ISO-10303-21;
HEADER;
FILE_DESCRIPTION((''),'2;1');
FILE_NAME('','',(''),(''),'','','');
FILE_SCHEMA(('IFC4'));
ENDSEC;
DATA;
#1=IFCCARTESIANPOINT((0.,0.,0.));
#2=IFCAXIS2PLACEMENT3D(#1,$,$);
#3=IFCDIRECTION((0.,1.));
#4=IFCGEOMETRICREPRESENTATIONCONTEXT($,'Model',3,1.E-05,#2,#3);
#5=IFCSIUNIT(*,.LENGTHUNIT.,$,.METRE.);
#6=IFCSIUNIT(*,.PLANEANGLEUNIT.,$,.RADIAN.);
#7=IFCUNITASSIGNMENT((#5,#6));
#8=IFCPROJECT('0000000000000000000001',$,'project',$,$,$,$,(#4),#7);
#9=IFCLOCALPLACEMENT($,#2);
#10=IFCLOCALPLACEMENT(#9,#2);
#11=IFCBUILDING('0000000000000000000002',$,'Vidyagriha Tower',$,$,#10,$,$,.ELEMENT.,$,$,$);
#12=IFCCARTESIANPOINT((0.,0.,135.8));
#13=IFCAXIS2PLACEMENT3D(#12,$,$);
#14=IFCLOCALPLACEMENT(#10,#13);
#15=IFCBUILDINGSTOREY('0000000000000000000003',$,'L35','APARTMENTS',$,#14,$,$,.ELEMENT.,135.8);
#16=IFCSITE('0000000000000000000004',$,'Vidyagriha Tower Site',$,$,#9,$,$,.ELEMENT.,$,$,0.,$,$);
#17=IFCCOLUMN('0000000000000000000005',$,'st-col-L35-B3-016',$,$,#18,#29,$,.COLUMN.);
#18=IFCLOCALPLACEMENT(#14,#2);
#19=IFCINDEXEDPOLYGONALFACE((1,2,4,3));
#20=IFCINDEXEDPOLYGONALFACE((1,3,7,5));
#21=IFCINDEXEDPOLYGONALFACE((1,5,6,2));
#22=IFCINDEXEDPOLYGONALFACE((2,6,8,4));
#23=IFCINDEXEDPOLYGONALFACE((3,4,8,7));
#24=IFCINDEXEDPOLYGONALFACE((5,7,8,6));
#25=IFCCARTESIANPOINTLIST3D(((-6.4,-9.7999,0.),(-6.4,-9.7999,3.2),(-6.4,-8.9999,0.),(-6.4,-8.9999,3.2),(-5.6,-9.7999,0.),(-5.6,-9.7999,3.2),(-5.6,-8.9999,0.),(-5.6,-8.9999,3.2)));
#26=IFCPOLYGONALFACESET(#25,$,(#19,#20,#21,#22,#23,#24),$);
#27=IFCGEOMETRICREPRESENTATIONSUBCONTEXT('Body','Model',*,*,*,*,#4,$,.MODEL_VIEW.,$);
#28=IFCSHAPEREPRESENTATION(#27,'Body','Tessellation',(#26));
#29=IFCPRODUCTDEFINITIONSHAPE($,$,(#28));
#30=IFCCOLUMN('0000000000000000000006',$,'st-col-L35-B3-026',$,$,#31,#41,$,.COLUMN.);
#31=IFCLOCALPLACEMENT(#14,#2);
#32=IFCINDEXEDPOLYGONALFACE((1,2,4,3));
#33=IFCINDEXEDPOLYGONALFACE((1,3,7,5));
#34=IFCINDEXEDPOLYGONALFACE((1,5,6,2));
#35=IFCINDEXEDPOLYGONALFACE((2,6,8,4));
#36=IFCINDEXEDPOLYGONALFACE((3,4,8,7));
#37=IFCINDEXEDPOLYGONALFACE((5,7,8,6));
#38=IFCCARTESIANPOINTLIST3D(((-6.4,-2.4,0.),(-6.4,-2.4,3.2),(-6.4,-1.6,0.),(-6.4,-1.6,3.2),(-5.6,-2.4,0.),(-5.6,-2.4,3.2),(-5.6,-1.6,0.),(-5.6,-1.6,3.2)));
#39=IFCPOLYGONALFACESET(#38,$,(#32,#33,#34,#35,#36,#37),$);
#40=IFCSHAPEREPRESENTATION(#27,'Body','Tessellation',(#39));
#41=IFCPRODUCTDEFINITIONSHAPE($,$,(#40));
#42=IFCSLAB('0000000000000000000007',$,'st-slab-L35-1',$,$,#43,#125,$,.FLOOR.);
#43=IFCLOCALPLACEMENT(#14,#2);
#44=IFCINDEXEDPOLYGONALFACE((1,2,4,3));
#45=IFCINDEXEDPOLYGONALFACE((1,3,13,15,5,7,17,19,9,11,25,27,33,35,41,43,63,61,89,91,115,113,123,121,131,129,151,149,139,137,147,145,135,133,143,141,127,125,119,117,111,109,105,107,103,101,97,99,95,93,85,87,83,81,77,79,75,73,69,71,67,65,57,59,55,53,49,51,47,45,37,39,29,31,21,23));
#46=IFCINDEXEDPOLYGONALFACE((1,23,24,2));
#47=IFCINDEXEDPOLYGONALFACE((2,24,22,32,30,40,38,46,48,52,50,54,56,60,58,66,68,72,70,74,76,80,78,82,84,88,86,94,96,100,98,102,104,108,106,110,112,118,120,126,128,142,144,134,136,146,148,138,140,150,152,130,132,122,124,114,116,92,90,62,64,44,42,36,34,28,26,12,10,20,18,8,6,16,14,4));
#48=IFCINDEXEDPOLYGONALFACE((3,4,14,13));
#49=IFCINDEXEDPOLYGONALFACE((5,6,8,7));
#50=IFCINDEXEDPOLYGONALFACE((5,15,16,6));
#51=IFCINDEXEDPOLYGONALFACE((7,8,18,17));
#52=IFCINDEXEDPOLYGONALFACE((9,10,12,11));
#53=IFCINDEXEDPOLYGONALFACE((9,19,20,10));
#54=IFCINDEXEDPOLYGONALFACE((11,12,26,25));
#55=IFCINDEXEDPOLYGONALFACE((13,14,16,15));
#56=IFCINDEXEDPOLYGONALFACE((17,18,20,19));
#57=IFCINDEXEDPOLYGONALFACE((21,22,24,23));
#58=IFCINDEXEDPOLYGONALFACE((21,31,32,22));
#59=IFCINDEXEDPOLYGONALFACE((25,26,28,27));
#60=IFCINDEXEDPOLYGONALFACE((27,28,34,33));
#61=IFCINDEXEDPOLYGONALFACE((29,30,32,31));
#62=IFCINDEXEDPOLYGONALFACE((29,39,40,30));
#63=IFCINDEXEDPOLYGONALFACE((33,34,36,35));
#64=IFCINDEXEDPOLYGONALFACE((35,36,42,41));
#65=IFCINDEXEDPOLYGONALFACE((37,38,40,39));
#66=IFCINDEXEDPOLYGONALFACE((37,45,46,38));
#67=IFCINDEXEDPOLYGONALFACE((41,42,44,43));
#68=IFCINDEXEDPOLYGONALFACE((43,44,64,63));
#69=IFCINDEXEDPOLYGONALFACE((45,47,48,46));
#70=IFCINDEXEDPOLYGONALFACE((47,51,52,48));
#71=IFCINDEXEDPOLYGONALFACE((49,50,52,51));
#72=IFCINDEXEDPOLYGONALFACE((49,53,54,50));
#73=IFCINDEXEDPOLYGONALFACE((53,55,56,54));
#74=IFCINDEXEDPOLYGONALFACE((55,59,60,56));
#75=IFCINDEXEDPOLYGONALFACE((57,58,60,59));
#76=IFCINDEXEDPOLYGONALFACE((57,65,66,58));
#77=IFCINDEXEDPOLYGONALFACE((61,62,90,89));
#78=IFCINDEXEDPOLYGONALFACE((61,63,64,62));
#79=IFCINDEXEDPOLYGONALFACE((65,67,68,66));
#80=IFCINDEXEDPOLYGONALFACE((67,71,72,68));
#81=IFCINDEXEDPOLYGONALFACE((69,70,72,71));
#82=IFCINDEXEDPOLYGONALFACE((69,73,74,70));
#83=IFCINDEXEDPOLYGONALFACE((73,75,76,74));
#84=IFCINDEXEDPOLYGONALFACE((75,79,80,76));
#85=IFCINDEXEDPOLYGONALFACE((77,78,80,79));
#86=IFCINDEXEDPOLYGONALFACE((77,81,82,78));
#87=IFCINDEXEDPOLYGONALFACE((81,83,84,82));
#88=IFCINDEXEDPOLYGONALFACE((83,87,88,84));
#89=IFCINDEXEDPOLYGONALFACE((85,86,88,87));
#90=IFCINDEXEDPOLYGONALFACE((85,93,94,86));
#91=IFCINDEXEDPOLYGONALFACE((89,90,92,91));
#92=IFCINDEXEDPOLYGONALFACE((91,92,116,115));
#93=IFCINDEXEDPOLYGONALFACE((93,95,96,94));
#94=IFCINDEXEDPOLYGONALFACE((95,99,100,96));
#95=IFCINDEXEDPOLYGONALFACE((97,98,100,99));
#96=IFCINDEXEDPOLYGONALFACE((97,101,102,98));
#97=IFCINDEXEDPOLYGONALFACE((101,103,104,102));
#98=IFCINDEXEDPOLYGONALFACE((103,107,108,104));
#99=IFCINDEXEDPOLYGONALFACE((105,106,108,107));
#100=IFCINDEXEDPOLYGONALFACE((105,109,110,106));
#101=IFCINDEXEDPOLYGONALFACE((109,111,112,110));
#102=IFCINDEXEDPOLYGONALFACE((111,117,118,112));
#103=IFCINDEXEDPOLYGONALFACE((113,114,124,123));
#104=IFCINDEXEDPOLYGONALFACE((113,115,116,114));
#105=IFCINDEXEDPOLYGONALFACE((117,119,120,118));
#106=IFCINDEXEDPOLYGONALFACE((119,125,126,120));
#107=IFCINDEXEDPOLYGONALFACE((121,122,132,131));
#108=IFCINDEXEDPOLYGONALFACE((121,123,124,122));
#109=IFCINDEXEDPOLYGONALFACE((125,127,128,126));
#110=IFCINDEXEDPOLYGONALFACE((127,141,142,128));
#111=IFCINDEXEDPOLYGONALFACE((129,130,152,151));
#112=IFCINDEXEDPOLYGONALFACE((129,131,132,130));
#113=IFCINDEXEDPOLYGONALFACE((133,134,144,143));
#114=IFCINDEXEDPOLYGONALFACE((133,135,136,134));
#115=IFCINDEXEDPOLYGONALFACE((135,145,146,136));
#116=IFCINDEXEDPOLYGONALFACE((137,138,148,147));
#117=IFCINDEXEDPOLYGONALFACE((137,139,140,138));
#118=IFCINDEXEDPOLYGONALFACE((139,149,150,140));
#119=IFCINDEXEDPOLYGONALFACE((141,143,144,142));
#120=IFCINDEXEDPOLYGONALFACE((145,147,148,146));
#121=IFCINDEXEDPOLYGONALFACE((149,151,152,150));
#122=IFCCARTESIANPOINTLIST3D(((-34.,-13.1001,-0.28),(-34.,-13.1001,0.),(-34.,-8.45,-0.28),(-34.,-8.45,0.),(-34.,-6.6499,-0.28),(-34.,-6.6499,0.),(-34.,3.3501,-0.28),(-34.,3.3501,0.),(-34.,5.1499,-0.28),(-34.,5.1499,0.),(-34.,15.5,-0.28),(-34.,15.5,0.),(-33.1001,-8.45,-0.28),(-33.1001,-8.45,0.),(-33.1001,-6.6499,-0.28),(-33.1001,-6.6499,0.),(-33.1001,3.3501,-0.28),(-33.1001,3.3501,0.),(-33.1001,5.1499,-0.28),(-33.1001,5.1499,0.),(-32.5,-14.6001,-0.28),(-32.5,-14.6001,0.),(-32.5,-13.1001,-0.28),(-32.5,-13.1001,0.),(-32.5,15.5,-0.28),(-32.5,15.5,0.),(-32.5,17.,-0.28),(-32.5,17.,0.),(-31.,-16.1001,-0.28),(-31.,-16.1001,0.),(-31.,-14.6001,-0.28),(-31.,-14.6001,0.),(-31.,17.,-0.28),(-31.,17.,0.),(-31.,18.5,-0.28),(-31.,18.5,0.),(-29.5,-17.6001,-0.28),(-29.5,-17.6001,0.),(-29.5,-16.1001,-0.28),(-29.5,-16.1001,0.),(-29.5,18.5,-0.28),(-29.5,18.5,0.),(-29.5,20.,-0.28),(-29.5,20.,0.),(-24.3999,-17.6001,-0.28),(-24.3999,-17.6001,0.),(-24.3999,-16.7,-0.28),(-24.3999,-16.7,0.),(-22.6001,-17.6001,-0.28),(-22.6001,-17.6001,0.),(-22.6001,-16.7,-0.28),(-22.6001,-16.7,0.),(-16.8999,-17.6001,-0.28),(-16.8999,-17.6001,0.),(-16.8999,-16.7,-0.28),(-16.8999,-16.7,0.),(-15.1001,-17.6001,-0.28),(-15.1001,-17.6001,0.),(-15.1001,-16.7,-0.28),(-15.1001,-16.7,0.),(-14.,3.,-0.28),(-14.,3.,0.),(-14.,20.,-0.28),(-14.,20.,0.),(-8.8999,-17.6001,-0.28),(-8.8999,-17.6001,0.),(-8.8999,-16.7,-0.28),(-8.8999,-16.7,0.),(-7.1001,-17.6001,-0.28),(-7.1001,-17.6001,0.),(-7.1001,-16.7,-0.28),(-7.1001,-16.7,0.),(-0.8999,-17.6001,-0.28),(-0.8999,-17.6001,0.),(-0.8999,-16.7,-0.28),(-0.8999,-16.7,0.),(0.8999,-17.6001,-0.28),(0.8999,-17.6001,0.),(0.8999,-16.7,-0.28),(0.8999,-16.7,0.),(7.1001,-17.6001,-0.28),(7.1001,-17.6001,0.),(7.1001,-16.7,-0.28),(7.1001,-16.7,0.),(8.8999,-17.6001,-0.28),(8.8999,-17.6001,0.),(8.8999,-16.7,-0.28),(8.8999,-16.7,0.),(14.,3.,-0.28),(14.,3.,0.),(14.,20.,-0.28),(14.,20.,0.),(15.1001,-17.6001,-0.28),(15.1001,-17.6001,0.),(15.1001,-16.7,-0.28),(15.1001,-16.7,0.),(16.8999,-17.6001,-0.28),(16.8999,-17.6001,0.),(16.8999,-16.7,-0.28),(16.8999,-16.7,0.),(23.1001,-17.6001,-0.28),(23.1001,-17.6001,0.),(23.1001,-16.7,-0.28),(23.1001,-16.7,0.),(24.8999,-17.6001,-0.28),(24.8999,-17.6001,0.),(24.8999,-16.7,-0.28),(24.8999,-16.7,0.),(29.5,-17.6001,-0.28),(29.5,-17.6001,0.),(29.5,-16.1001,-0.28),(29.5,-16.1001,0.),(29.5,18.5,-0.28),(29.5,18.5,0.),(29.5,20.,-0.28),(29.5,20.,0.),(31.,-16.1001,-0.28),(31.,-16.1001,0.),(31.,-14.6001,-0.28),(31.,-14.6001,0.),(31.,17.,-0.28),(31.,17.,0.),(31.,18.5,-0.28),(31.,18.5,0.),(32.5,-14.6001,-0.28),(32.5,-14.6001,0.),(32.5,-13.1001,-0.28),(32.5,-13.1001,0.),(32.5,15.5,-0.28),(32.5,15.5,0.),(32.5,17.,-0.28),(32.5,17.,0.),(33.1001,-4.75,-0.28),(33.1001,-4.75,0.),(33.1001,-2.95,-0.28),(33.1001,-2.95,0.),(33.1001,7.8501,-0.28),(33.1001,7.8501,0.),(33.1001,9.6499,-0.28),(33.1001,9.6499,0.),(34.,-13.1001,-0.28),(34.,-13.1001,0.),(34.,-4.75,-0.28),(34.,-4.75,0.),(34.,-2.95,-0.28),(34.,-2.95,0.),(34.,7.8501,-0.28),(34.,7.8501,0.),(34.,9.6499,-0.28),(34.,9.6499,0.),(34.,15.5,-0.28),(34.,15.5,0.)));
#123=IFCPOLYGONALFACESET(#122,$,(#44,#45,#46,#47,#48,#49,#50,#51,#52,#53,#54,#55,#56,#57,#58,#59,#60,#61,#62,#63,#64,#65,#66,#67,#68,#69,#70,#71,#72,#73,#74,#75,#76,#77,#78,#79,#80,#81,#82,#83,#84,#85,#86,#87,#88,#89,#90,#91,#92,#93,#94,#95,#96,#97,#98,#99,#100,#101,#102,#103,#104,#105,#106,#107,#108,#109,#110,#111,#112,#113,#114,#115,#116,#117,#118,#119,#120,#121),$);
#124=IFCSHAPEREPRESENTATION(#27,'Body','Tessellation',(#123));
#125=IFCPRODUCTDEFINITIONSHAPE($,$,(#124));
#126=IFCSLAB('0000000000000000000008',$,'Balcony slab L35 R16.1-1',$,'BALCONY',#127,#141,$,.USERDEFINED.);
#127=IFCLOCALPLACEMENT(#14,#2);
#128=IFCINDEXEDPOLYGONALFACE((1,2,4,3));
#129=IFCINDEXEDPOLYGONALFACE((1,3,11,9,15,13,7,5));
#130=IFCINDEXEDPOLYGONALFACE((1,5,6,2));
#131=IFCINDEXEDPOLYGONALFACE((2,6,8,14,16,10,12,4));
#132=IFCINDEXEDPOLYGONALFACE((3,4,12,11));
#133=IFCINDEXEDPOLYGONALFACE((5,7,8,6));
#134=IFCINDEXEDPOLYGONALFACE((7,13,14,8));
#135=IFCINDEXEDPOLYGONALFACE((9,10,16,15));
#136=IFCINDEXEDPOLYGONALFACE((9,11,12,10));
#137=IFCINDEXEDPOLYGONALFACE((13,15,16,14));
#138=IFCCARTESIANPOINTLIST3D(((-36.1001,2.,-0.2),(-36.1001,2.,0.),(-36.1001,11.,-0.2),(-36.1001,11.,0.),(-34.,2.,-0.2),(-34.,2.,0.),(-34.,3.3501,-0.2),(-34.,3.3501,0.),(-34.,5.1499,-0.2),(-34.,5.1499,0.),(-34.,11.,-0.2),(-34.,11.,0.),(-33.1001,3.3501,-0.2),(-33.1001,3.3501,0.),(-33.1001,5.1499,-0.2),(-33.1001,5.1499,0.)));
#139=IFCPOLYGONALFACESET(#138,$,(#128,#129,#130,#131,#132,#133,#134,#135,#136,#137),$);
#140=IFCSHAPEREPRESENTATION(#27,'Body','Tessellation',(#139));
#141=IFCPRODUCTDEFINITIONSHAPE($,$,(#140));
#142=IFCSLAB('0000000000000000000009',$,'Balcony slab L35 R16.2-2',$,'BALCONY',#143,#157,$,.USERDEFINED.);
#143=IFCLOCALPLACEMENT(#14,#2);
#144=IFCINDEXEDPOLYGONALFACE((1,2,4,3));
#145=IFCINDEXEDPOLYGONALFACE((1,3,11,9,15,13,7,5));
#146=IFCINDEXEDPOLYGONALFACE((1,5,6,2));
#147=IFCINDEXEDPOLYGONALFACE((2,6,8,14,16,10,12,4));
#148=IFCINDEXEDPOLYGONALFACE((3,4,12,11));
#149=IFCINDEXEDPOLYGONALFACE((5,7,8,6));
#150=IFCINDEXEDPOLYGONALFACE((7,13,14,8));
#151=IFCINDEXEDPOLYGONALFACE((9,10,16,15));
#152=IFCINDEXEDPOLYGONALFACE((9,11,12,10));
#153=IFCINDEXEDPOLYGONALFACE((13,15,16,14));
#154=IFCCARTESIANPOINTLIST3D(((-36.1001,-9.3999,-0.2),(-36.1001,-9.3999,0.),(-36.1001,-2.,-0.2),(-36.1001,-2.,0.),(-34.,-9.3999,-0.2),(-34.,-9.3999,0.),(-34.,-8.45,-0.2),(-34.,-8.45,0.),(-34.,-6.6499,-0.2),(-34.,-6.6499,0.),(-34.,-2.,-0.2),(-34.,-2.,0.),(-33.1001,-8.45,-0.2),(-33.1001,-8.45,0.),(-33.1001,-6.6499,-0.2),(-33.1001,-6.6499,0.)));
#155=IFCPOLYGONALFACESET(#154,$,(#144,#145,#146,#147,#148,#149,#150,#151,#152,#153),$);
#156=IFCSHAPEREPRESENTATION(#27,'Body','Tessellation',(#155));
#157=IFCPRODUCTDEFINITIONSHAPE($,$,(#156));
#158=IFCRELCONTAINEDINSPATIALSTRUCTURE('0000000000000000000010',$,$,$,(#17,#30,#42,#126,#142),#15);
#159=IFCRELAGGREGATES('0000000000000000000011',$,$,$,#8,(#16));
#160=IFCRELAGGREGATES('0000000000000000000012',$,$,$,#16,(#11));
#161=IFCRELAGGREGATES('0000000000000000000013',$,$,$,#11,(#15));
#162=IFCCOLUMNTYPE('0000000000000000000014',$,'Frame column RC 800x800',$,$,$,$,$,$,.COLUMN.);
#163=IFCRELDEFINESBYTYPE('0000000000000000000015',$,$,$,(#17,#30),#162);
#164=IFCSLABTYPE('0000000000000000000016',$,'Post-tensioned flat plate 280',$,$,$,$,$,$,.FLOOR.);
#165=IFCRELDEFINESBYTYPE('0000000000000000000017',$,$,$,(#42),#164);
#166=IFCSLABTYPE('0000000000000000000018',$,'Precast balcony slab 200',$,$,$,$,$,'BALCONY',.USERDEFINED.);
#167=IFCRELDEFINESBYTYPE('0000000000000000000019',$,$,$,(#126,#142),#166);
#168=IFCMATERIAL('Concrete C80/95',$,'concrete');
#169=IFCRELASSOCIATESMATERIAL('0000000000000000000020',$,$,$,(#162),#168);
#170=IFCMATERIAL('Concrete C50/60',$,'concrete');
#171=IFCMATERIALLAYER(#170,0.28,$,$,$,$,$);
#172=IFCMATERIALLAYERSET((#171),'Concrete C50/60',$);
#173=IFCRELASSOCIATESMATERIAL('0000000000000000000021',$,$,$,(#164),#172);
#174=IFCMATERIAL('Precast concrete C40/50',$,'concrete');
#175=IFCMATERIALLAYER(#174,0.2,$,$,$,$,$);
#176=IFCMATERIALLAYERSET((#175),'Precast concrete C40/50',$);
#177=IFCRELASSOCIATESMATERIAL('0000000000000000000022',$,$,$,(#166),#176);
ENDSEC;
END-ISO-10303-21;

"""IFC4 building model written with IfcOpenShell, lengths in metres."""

from ifc_helpers import new_model, si_unit, direction, frame, origin, origin_2d, place, context, subcontext, project, spatial, polyline, rectangle, outline, extrude, material, layer, layer_set, material_profile, profile_set, type_object, element, save


model = new_model("IFC4")

# Units and contexts
model_context = context("Model", 3, precision=1e-05, world=origin(), true_north=direction((0.0, 1.0)))
body_context = subcontext(model_context, "Body", "Model", "MODEL_VIEW")
ifc_project = project(units=[si_unit("LENGTHUNIT", "METRE"), si_unit("PLANEANGLEUNIT", "RADIAN")], contexts=[model_context])

# Site, building, storey
site_placement = place(None, origin())
site = spatial("IfcSite", under=ifc_project, at=site_placement, Name="Vidyagriha Tower Site", CompositionType="ELEMENT", RefElevation=0.0)
building_placement = place(site_placement, origin())
building = spatial("IfcBuilding", under=site, at=building_placement, Name="Vidyagriha Tower", CompositionType="ELEMENT")
storey_placement = place(building_placement, frame((0.0, 0.0, 135.8)))
storey = spatial("IfcBuildingStorey", under=building, at=storey_placement, Name="L35", Description="APARTMENTS", CompositionType="ELEMENT", Elevation=135.8)

# Columns
ifc_material_1 = material(Name="Concrete C80/95", Category="concrete")
ifc_material_profile = material_profile(ifc_material_1, rectangle(XDim=0.8, YDim=0.8, at=origin_2d()), Name="RC 800x800")
ifc_profile_set = profile_set([ifc_material_profile], Name="Concrete C80/95")
column_type = type_object("IfcColumnType", Name="Frame column RC 800x800", PredefinedType="COLUMN", material=ifc_profile_set)
for number, where, name in (
    (1, (-6.0, -9.3999, 0.0), "st-col-L35-B3-016"),
    (2, (-6.0, -2.0, 0.0), "st-col-L35-B3-026"),
):
    element("IfcColumn", number, at=place(storey_placement, frame(where)), inside=storey, type_object=column_type, Name=name, PredefinedType="COLUMN", context=body_context, shape_type="SweptSolid", body=[
        extrude(rectangle(XDim=0.8, YDim=0.8, at=origin_2d()), origin(), (0.0, 0.0, 1.0), 3.2),
    ])

# Slabs
ifc_material_2 = material(Name="Concrete C50/60", Category="concrete")
ifc_layer_1 = layer(ifc_material_2, 0.28)
ifc_layer_set_1 = layer_set([ifc_layer_1], Name="Concrete C50/60")
slab_type_1 = type_object("IfcSlabType", Name="Post-tensioned flat plate 280", PredefinedType="FLOOR", material=ifc_layer_set_1)
slab_1_placement = place(storey_placement, frame((0.0, 0.0, -0.28)))
element("IfcSlab", 3, at=slab_1_placement, inside=storey, type_object=slab_type_1, Name="st-slab-L35-1", PredefinedType="FLOOR", context=body_context, shape_type="SweptSolid", body=[
    extrude(outline(polyline([(32.5, -14.6001), (31.0, -14.6001), (31.0, -16.1001), (29.5, -16.1001), (29.5, -17.6001), (24.8999, -17.6001), (24.8999, -16.7), (23.1001, -16.7), (23.1001, -17.6001), (16.8999, -17.6001), (16.8999, -16.7), (15.1001, -16.7), (15.1001, -17.6001), (8.8999, -17.6001), (8.8999, -16.7), (7.1001, -16.7), (7.1001, -17.6001), (0.8999, -17.6001), (0.8999, -16.7), (-0.8999, -16.7), (-0.8999, -17.6001), (-7.1001, -17.6001), (-7.1001, -16.7), (-8.8999, -16.7), (-8.8999, -17.6001), (-15.1001, -17.6001), (-15.1001, -16.7), (-16.8999, -16.7), (-16.8999, -17.6001), (-22.6001, -17.6001), (-22.6001, -16.7), (-24.3999, -16.7), (-24.3999, -17.6001), (-29.5, -17.6001), (-29.5, -16.1001), (-31.0, -16.1001), (-31.0, -14.6001), (-32.5, -14.6001), (-32.5, -13.1001), (-34.0, -13.1001), (-34.0, -8.45), (-33.1001, -8.45), (-33.1001, -6.6499), (-34.0, -6.6499), (-34.0, 3.3501), (-33.1001, 3.3501), (-33.1001, 5.1499), (-34.0, 5.1499), (-34.0, 15.5), (-32.5, 15.5), (-32.5, 17.0), (-31.0, 17.0), (-31.0, 18.5), (-29.5, 18.5), (-29.5, 20.0), (-14.0, 20.0), (-14.0, 3.0), (14.0, 3.0), (14.0, 20.0), (29.5, 20.0), (29.5, 18.5), (31.0, 18.5), (31.0, 17.0), (32.5, 17.0), (32.5, 15.5), (34.0, 15.5), (34.0, 9.6499), (33.1001, 9.6499), (33.1001, 7.8501), (34.0, 7.8501), (34.0, -2.95), (33.1001, -2.95), (33.1001, -4.75), (34.0, -4.75), (34.0, -13.1001), (32.5, -13.1001), (32.5, -14.6001)])), origin(), (0.0, 0.0, 1.0), 0.28),
])
ifc_material_3 = material(Name="Precast concrete C40/50", Category="concrete")
ifc_layer_2 = layer(ifc_material_3, 0.2)
ifc_layer_set_2 = layer_set([ifc_layer_2], Name="Precast concrete C40/50")
slab_type_2 = type_object("IfcSlabType", Name="Precast balcony slab 200", ElementType="BALCONY", PredefinedType="USERDEFINED", material=ifc_layer_set_2)
slab_2_placement = place(storey_placement, frame((0.0, 0.0, -0.2)))
element("IfcSlab", 4, at=slab_2_placement, inside=storey, type_object=slab_type_2, Name="Balcony slab L35 R16.1-1", ObjectType="BALCONY", PredefinedType="USERDEFINED", context=body_context, shape_type="SweptSolid", body=[
    extrude(outline(polyline([(-33.1001, 3.3501), (-33.1001, 5.1499), (-34.0, 5.1499), (-34.0, 11.0), (-36.1001, 11.0), (-36.1001, 2.0), (-34.0, 2.0), (-34.0, 3.3501), (-33.1001, 3.3501)])), origin(), (0.0, 0.0, 1.0), 0.2),
])
slab_3_placement = place(storey_placement, frame((0.0, 0.0, -0.2)))
element("IfcSlab", 5, at=slab_3_placement, inside=storey, type_object=slab_type_2, Name="Balcony slab L35 R16.2-2", ObjectType="BALCONY", PredefinedType="USERDEFINED", context=body_context, shape_type="SweptSolid", body=[
    extrude(outline(polyline([(-33.1001, -8.45), (-33.1001, -6.6499), (-34.0, -6.6499), (-34.0, -2.0), (-36.1001, -2.0), (-36.1001, -9.3999), (-34.0, -9.3999), (-34.0, -8.45), (-33.1001, -8.45)])), origin(), (0.0, 0.0, 1.0), 0.2),
])

save(model, "model.ifc")
